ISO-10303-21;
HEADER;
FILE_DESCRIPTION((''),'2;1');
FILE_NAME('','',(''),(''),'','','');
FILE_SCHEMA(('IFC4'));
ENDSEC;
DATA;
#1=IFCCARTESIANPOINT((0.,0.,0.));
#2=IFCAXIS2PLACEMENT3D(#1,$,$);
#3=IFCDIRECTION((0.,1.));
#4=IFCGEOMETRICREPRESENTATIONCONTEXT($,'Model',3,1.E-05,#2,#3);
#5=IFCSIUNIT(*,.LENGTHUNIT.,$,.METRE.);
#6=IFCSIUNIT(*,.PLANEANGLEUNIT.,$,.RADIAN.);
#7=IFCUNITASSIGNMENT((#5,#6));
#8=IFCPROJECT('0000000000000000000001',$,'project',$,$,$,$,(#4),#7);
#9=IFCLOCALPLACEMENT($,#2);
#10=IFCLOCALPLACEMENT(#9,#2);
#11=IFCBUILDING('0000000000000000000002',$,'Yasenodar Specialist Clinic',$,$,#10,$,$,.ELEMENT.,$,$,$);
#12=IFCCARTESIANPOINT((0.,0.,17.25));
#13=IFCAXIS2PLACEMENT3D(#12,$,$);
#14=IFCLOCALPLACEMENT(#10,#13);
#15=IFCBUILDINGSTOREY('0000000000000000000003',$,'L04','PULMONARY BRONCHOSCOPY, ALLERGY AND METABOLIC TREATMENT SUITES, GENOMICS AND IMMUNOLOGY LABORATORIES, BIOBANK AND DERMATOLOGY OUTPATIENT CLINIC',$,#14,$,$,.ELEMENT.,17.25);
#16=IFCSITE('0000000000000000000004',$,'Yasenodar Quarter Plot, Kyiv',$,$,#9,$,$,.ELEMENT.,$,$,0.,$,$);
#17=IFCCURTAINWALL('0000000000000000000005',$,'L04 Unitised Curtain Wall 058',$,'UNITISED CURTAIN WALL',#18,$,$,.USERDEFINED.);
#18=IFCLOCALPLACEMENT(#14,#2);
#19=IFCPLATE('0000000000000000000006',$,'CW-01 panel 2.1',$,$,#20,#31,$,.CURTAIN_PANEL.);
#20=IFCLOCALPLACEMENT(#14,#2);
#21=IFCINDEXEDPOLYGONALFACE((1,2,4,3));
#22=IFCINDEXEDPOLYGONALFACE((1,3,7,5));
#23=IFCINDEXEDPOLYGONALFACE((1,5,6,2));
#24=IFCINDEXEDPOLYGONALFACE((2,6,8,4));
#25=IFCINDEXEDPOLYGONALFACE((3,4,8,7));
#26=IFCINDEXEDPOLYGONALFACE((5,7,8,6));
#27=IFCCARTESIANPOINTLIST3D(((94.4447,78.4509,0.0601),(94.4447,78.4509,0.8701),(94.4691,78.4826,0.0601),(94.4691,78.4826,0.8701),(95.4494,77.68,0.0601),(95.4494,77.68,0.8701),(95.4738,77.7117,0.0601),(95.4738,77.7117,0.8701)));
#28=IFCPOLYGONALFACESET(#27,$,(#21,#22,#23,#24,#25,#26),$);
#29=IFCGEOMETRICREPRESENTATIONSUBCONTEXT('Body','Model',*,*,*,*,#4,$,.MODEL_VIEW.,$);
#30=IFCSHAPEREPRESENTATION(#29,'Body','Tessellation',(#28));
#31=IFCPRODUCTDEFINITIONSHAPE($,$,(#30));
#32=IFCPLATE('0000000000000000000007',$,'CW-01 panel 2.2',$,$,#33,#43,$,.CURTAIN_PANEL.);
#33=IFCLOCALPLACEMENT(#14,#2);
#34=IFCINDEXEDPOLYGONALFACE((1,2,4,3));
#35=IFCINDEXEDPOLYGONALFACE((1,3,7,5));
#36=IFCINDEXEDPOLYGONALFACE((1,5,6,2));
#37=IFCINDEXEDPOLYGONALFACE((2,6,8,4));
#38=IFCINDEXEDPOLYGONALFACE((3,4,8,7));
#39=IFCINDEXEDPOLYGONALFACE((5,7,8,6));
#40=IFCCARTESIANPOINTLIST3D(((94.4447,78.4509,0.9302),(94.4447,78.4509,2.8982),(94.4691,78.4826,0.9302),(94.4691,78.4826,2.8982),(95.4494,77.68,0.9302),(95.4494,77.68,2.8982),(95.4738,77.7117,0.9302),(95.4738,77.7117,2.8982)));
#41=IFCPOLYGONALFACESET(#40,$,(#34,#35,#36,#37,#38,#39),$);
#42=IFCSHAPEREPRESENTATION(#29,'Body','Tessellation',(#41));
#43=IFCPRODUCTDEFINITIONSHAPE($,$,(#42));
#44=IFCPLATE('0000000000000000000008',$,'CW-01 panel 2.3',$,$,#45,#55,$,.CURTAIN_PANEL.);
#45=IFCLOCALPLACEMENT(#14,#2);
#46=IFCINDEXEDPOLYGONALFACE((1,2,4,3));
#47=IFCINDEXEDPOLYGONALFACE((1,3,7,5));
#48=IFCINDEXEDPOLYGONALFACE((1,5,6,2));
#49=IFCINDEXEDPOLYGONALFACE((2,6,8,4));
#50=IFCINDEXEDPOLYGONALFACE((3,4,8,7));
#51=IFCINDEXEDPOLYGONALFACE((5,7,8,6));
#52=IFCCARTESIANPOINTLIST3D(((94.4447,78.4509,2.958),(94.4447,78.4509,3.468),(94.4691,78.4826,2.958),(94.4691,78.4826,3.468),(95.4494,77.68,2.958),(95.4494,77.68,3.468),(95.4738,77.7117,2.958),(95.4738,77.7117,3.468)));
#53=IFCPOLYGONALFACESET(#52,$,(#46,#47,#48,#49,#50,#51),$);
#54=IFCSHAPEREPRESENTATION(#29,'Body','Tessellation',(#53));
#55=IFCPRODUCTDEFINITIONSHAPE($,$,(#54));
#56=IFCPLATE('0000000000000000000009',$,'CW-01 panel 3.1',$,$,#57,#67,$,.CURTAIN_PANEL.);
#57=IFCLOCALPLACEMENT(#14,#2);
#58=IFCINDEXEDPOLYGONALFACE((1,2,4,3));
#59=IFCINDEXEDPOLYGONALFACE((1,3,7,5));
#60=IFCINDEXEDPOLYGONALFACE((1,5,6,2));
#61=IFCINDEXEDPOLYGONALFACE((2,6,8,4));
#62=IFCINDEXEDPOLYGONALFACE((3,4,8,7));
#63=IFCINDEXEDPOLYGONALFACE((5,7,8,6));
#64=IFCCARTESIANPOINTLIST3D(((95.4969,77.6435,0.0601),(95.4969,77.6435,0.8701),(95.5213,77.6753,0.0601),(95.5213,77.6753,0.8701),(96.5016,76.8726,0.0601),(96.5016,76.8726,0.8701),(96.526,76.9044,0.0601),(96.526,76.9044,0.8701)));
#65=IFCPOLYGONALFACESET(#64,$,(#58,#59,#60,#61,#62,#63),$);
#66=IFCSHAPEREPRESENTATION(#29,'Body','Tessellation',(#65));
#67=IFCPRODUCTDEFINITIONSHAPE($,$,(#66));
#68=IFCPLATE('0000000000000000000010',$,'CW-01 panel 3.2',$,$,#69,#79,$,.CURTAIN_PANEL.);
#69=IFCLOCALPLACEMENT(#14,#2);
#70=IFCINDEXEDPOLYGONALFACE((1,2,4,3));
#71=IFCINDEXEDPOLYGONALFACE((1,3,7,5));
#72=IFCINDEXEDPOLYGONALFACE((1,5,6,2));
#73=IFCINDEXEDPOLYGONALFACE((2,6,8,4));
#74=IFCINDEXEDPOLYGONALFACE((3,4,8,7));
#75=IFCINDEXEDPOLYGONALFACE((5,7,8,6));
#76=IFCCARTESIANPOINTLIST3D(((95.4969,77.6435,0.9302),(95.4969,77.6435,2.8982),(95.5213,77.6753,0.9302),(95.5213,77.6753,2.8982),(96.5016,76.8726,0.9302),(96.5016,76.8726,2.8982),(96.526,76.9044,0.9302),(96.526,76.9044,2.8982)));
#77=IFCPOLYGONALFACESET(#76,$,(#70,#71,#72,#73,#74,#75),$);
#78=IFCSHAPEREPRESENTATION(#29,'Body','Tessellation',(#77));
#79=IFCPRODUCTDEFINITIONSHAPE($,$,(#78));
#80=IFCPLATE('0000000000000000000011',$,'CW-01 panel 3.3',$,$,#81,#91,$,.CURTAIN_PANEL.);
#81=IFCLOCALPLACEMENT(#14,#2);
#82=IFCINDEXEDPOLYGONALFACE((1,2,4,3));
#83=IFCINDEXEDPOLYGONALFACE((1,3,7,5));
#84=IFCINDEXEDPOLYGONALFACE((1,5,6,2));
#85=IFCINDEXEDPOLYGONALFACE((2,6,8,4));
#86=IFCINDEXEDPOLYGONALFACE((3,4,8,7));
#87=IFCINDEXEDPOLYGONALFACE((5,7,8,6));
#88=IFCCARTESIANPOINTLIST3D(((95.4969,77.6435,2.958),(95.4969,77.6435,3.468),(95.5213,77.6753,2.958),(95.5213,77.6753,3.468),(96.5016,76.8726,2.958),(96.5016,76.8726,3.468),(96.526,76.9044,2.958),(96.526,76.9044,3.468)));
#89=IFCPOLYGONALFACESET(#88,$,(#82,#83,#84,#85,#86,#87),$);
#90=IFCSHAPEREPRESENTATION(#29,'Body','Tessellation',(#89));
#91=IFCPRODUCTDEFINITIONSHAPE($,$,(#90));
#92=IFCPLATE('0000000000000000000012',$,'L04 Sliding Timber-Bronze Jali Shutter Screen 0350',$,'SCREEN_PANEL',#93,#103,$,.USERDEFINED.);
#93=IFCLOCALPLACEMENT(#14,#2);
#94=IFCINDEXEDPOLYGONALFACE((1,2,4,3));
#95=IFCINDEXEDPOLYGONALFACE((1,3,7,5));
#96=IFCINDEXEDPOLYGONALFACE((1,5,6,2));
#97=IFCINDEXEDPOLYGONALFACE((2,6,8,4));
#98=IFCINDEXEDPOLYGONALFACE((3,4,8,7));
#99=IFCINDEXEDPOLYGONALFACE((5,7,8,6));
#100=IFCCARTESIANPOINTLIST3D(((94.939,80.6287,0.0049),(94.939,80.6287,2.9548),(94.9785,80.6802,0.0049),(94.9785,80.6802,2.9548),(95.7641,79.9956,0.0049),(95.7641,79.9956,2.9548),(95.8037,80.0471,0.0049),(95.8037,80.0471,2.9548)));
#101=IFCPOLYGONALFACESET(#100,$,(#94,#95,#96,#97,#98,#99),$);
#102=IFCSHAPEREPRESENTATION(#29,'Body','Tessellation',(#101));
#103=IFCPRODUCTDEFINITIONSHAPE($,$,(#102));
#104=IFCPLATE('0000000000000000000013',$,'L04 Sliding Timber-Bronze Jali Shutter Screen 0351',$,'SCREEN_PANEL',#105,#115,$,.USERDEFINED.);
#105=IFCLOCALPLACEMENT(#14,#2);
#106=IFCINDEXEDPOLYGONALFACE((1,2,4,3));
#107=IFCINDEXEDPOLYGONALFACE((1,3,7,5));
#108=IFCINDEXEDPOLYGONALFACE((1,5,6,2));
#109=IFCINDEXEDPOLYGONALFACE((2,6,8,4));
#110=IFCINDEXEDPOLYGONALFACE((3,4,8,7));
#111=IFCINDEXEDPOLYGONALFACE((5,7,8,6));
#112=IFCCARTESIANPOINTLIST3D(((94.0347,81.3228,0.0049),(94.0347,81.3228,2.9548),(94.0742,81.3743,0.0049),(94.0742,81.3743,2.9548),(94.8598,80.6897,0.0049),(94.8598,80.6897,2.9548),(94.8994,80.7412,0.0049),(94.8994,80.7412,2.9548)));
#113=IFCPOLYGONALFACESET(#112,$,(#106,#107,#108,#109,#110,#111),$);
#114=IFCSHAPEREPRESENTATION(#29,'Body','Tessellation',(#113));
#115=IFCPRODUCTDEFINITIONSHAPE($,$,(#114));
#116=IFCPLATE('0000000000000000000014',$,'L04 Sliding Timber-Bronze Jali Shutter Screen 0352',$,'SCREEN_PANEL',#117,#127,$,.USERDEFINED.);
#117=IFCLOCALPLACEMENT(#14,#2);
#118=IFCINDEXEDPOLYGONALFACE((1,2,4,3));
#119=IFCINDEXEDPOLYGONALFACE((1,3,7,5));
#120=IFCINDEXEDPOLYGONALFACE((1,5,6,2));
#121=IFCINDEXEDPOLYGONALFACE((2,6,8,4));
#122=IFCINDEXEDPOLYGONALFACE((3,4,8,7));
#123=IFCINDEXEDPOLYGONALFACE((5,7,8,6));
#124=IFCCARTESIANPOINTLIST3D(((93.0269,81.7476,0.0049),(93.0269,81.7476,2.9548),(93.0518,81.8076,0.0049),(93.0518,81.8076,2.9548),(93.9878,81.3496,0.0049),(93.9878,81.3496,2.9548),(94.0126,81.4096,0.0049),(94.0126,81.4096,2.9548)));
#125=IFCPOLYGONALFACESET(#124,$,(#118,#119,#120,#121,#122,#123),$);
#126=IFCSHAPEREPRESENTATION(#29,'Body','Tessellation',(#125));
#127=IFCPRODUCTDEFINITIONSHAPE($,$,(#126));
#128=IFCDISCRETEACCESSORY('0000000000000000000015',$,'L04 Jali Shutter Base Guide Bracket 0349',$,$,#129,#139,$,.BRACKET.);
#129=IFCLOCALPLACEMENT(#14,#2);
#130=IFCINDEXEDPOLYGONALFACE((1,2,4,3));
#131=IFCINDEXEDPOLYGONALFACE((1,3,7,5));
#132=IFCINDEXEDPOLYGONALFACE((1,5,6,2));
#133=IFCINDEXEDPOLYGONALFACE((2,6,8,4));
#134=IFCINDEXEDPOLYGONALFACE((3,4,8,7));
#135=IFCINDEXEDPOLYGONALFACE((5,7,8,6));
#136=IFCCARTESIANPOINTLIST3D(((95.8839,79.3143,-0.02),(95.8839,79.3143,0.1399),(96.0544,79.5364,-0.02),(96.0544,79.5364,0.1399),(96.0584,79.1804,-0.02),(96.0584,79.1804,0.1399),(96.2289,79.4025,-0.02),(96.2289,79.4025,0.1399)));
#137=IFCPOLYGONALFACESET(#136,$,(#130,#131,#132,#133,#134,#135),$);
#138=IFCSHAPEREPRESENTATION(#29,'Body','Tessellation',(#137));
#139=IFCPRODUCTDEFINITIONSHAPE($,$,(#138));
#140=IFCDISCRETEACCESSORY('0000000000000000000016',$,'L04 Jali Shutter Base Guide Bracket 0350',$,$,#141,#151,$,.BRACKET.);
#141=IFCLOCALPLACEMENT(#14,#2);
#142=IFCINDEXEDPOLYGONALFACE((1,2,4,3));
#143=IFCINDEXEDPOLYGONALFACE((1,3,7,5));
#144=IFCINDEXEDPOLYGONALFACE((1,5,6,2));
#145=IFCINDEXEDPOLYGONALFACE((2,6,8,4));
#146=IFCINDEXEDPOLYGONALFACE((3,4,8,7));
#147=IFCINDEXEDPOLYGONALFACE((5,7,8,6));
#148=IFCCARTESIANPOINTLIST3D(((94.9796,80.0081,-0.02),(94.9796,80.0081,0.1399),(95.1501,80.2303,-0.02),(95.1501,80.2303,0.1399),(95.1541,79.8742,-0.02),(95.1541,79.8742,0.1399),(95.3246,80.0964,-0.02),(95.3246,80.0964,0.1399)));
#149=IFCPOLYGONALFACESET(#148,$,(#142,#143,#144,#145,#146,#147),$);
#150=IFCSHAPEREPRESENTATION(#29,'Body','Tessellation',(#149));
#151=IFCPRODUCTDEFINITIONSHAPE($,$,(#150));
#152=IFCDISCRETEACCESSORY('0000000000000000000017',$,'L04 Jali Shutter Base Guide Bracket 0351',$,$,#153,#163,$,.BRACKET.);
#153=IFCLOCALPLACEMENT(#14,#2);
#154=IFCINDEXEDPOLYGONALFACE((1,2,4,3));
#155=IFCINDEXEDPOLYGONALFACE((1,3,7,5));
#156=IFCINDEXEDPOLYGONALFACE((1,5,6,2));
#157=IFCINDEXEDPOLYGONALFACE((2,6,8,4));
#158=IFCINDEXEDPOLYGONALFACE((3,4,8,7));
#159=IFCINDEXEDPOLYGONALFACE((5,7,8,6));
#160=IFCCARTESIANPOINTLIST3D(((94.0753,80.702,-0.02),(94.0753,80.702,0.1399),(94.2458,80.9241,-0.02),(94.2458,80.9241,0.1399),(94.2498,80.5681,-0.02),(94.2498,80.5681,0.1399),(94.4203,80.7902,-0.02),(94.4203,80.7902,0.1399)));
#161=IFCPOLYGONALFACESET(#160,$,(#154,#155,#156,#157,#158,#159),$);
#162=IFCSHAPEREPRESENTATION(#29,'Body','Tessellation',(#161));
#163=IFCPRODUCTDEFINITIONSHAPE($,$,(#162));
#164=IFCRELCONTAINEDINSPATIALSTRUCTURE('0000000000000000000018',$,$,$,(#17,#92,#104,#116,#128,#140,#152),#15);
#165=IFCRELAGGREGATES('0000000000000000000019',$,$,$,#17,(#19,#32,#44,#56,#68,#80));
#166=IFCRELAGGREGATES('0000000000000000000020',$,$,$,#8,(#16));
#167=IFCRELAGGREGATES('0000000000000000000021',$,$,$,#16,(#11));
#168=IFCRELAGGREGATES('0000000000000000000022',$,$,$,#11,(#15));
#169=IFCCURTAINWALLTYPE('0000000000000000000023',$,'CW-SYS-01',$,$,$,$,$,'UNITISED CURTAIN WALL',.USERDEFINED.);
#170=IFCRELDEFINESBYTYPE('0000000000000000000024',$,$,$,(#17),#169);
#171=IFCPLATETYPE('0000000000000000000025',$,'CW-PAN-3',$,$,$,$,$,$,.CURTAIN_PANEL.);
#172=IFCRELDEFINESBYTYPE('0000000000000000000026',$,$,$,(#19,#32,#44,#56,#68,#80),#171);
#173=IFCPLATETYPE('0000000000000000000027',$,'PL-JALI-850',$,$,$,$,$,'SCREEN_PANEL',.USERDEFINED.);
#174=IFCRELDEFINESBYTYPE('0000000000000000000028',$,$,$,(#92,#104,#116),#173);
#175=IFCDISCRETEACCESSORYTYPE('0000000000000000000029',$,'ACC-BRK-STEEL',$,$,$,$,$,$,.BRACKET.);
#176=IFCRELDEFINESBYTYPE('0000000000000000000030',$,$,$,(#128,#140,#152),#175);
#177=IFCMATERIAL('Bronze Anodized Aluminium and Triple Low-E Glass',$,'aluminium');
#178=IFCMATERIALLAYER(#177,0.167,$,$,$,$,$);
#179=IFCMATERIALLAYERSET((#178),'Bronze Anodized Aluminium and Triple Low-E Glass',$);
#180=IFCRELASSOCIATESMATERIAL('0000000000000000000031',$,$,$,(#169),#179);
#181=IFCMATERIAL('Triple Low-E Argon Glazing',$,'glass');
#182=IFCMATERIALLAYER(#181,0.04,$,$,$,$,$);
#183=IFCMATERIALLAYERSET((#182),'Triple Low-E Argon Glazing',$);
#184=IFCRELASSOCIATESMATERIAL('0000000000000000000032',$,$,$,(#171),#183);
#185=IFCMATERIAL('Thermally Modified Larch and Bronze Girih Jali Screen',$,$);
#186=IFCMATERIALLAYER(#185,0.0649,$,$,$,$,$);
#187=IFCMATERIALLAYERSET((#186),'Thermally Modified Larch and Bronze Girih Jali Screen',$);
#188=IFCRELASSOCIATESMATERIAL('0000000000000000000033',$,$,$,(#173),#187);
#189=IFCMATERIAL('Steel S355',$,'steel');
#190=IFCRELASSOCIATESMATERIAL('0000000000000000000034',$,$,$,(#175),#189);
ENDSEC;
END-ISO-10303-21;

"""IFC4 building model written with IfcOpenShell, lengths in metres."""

from ifc_helpers import new_model, si_unit, direction, frame, origin, origin_2d, place, context, subcontext, project, spatial, rectangle, extrude, material, layer, layer_set, type_object, element, aggregate, save


model = new_model("IFC4")

# Units and contexts
model_context = context("Model", 3, precision=1e-05, world=origin(), true_north=direction((0.0, 1.0)))
body_context = subcontext(model_context, "Body", "Model", "MODEL_VIEW")
ifc_project = project(units=[si_unit("LENGTHUNIT", "METRE"), si_unit("PLANEANGLEUNIT", "RADIAN")], contexts=[model_context])

# Site, building, storey
site_placement = place(None, origin())
site = spatial("IfcSite", under=ifc_project, at=site_placement, Name="Yasenodar Quarter Plot, Kyiv", CompositionType="ELEMENT", RefElevation=0.0)
building_placement = place(site_placement, origin())
building = spatial("IfcBuilding", under=site, at=building_placement, Name="Yasenodar Specialist Clinic", CompositionType="ELEMENT")
storey_placement = place(building_placement, frame((0.0, 0.0, 17.25)))
storey = spatial("IfcBuildingStorey", under=building, at=storey_placement, Name="L04", Description="PULMONARY BRONCHOSCOPY, ALLERGY AND METABOLIC TREATMENT SUITES, GENOMICS AND IMMUNOLOGY LABORATORIES, BIOBANK AND DERMATOLOGY OUTPATIENT CLINIC", CompositionType="ELEMENT", Elevation=17.25)

# Curtain wall, plates
ifc_material_1 = material(Name="Bronze Anodized Aluminium and Triple Low-E Glass", Category="aluminium")
ifc_layer_1 = layer(ifc_material_1, 0.167)
ifc_layer_set_1 = layer_set([ifc_layer_1], Name="Bronze Anodized Aluminium and Triple Low-E Glass")
curtain_wall_type = type_object("IfcCurtainWallType", Name="CW-SYS-01", ElementType="UNITISED CURTAIN WALL", PredefinedType="USERDEFINED", material=ifc_layer_set_1)
curtain_wall_placement = place(storey_placement, origin())
curtain_wall = element("IfcCurtainWall", 1, at=curtain_wall_placement, inside=storey, type_object=curtain_wall_type, Name="L04 Unitised Curtain Wall 058", ObjectType="UNITISED CURTAIN WALL", PredefinedType="USERDEFINED")
ifc_material_2 = material(Name="Triple Low-E Argon Glazing", Category="glass")
ifc_layer_2 = layer(ifc_material_2, 0.04)
ifc_layer_set_2 = layer_set([ifc_layer_2], Name="Triple Low-E Argon Glazing")
plate_type_1 = type_object("IfcPlateType", Name="CW-PAN-3", PredefinedType="CURTAIN_PANEL", material=ifc_layer_set_2)
plate_1_placement = place(storey_placement, frame((94.9592, 78.0813, 0.0601), z_axis=(0.0, 0.0, 1.0), x_axis=(0.793361, -0.608752, 0.0)))
plate_1 = element("IfcPlate", 2, at=plate_1_placement, type_object=plate_type_1, Name="CW-01 panel 2.1", PredefinedType="CURTAIN_PANEL", context=body_context, shape_type="SweptSolid", body=[
    extrude(rectangle(XDim=1.2664, YDim=0.04, at=origin_2d()), origin(), (0.0, 0.0, 1.0), 0.8101),
])
plate_2_placement = place(storey_placement, frame((94.9592, 78.0813, 0.9302), z_axis=(0.0, 0.0, 1.0), x_axis=(0.793361, -0.608752, 0.0)))
plate_2 = element("IfcPlate", 3, at=plate_2_placement, type_object=plate_type_1, Name="CW-01 panel 2.2", PredefinedType="CURTAIN_PANEL", context=body_context, shape_type="SweptSolid", body=[
    extrude(rectangle(XDim=1.2664, YDim=0.04, at=origin_2d()), origin(), (0.0, 0.0, 1.0), 1.968),
])
plate_3_placement = place(storey_placement, frame((94.9592, 78.0813, 2.958), z_axis=(0.0, 0.0, 1.0), x_axis=(0.793361, -0.608752, 0.0)))
plate_3 = element("IfcPlate", 4, at=plate_3_placement, type_object=plate_type_1, Name="CW-01 panel 2.3", PredefinedType="CURTAIN_PANEL", context=body_context, shape_type="SweptSolid", body=[
    extrude(rectangle(XDim=1.2664, YDim=0.04, at=origin_2d()), origin(), (0.0, 0.0, 1.0), 0.51),
])
plate_4_placement = place(storey_placement, frame((96.0115, 77.2739, 0.0601), z_axis=(0.0, 0.0, 1.0), x_axis=(0.793361, -0.608752, 0.0)))
plate_4 = element("IfcPlate", 5, at=plate_4_placement, type_object=plate_type_1, Name="CW-01 panel 3.1", PredefinedType="CURTAIN_PANEL", context=body_context, shape_type="SweptSolid", body=[
    extrude(rectangle(XDim=1.2664, YDim=0.04, at=origin_2d()), origin(), (0.0, 0.0, 1.0), 0.8101),
])
plate_5_placement = place(storey_placement, frame((96.0115, 77.2739, 0.9302), z_axis=(0.0, 0.0, 1.0), x_axis=(0.793361, -0.608752, 0.0)))
plate_5 = element("IfcPlate", 6, at=plate_5_placement, type_object=plate_type_1, Name="CW-01 panel 3.2", PredefinedType="CURTAIN_PANEL", context=body_context, shape_type="SweptSolid", body=[
    extrude(rectangle(XDim=1.2664, YDim=0.04, at=origin_2d()), origin(), (0.0, 0.0, 1.0), 1.968),
])
plate_6_placement = place(storey_placement, frame((96.0115, 77.2739, 2.958), z_axis=(0.0, 0.0, 1.0), x_axis=(0.793361, -0.608752, 0.0)))
plate_6 = element("IfcPlate", 7, at=plate_6_placement, type_object=plate_type_1, Name="CW-01 panel 3.3", PredefinedType="CURTAIN_PANEL", context=body_context, shape_type="SweptSolid", body=[
    extrude(rectangle(XDim=1.2664, YDim=0.04, at=origin_2d()), origin(), (0.0, 0.0, 1.0), 0.51),
])
aggregate(curtain_wall, [plate_1, plate_2, plate_3, plate_4, plate_5, plate_6])

# Plates
ifc_material_3 = material(Name="Thermally Modified Larch and Bronze Girih Jali Screen")
ifc_layer_3 = layer(ifc_material_3, 0.0649)
ifc_layer_set_3 = layer_set([ifc_layer_3], Name="Thermally Modified Larch and Bronze Girih Jali Screen")
plate_type_2 = type_object("IfcPlateType", Name="PL-JALI-850", ElementType="SCREEN_PANEL", PredefinedType="USERDEFINED", material=ifc_layer_set_3)
for number, where, z_axis, x_axis, name in (
    (8, (95.3713, 80.3379, 0.0049), (0.0, 0.0, 1.0), (-0.793351, 0.608764, 0.0), "L04 Sliding Timber-Bronze Jali Shutter Screen 0350"),
    (9, (94.467, 81.032, 0.0049), (0.0, 0.0, 1.0), (-0.793351, 0.608764, 0.0), "L04 Sliding Timber-Bronze Jali Shutter Screen 0351"),
    (10, (93.5198, 81.5786, 0.0049), (0.0, 0.0, 1.0), (-0.923878, 0.382687, 0.0), "L04 Sliding Timber-Bronze Jali Shutter Screen 0352"),
):
    element("IfcPlate", number, at=place(storey_placement, frame(where, z_axis=z_axis, x_axis=x_axis)), inside=storey, type_object=plate_type_2, Name=name, ObjectType="SCREEN_PANEL", PredefinedType="USERDEFINED", context=body_context, shape_type="SweptSolid", body=[
        extrude(rectangle(XDim=1.04, YDim=0.0649, at=origin_2d()), origin(), (0.0, 0.0, 1.0), 2.95),
    ])

# Discrete accessories
ifc_material_4 = material(Name="Steel S355", Category="steel")
discrete_accessory_type = type_object("IfcDiscreteAccessoryType", Name="ACC-BRK-STEEL", PredefinedType="BRACKET", material=ifc_material_4)
for number, where, z_axis, x_axis, name in (
    (11, (96.0564, 79.3584, -0.02), (0.0, 0.0, 1.0), (-0.793351, 0.608764, 0.0), "L04 Jali Shutter Base Guide Bracket 0349"),
    (12, (95.1521, 80.0522, -0.02), (0.0, 0.0, 1.0), (-0.793351, 0.608764, 0.0), "L04 Jali Shutter Base Guide Bracket 0350"),
    (13, (94.2478, 80.7461, -0.02), (0.0, 0.0, 1.0), (-0.793351, 0.608764, 0.0), "L04 Jali Shutter Base Guide Bracket 0351"),
):
    element("IfcDiscreteAccessory", number, at=place(storey_placement, frame(where, z_axis=z_axis, x_axis=x_axis)), inside=storey, type_object=discrete_accessory_type, Name=name, PredefinedType="BRACKET", context=body_context, shape_type="SweptSolid", body=[
        extrude(rectangle(XDim=0.22, YDim=0.28, at=origin_2d()), origin(), (0.0, 0.0, 1.0), 0.1599),
    ])

save(model, "model.ifc")
